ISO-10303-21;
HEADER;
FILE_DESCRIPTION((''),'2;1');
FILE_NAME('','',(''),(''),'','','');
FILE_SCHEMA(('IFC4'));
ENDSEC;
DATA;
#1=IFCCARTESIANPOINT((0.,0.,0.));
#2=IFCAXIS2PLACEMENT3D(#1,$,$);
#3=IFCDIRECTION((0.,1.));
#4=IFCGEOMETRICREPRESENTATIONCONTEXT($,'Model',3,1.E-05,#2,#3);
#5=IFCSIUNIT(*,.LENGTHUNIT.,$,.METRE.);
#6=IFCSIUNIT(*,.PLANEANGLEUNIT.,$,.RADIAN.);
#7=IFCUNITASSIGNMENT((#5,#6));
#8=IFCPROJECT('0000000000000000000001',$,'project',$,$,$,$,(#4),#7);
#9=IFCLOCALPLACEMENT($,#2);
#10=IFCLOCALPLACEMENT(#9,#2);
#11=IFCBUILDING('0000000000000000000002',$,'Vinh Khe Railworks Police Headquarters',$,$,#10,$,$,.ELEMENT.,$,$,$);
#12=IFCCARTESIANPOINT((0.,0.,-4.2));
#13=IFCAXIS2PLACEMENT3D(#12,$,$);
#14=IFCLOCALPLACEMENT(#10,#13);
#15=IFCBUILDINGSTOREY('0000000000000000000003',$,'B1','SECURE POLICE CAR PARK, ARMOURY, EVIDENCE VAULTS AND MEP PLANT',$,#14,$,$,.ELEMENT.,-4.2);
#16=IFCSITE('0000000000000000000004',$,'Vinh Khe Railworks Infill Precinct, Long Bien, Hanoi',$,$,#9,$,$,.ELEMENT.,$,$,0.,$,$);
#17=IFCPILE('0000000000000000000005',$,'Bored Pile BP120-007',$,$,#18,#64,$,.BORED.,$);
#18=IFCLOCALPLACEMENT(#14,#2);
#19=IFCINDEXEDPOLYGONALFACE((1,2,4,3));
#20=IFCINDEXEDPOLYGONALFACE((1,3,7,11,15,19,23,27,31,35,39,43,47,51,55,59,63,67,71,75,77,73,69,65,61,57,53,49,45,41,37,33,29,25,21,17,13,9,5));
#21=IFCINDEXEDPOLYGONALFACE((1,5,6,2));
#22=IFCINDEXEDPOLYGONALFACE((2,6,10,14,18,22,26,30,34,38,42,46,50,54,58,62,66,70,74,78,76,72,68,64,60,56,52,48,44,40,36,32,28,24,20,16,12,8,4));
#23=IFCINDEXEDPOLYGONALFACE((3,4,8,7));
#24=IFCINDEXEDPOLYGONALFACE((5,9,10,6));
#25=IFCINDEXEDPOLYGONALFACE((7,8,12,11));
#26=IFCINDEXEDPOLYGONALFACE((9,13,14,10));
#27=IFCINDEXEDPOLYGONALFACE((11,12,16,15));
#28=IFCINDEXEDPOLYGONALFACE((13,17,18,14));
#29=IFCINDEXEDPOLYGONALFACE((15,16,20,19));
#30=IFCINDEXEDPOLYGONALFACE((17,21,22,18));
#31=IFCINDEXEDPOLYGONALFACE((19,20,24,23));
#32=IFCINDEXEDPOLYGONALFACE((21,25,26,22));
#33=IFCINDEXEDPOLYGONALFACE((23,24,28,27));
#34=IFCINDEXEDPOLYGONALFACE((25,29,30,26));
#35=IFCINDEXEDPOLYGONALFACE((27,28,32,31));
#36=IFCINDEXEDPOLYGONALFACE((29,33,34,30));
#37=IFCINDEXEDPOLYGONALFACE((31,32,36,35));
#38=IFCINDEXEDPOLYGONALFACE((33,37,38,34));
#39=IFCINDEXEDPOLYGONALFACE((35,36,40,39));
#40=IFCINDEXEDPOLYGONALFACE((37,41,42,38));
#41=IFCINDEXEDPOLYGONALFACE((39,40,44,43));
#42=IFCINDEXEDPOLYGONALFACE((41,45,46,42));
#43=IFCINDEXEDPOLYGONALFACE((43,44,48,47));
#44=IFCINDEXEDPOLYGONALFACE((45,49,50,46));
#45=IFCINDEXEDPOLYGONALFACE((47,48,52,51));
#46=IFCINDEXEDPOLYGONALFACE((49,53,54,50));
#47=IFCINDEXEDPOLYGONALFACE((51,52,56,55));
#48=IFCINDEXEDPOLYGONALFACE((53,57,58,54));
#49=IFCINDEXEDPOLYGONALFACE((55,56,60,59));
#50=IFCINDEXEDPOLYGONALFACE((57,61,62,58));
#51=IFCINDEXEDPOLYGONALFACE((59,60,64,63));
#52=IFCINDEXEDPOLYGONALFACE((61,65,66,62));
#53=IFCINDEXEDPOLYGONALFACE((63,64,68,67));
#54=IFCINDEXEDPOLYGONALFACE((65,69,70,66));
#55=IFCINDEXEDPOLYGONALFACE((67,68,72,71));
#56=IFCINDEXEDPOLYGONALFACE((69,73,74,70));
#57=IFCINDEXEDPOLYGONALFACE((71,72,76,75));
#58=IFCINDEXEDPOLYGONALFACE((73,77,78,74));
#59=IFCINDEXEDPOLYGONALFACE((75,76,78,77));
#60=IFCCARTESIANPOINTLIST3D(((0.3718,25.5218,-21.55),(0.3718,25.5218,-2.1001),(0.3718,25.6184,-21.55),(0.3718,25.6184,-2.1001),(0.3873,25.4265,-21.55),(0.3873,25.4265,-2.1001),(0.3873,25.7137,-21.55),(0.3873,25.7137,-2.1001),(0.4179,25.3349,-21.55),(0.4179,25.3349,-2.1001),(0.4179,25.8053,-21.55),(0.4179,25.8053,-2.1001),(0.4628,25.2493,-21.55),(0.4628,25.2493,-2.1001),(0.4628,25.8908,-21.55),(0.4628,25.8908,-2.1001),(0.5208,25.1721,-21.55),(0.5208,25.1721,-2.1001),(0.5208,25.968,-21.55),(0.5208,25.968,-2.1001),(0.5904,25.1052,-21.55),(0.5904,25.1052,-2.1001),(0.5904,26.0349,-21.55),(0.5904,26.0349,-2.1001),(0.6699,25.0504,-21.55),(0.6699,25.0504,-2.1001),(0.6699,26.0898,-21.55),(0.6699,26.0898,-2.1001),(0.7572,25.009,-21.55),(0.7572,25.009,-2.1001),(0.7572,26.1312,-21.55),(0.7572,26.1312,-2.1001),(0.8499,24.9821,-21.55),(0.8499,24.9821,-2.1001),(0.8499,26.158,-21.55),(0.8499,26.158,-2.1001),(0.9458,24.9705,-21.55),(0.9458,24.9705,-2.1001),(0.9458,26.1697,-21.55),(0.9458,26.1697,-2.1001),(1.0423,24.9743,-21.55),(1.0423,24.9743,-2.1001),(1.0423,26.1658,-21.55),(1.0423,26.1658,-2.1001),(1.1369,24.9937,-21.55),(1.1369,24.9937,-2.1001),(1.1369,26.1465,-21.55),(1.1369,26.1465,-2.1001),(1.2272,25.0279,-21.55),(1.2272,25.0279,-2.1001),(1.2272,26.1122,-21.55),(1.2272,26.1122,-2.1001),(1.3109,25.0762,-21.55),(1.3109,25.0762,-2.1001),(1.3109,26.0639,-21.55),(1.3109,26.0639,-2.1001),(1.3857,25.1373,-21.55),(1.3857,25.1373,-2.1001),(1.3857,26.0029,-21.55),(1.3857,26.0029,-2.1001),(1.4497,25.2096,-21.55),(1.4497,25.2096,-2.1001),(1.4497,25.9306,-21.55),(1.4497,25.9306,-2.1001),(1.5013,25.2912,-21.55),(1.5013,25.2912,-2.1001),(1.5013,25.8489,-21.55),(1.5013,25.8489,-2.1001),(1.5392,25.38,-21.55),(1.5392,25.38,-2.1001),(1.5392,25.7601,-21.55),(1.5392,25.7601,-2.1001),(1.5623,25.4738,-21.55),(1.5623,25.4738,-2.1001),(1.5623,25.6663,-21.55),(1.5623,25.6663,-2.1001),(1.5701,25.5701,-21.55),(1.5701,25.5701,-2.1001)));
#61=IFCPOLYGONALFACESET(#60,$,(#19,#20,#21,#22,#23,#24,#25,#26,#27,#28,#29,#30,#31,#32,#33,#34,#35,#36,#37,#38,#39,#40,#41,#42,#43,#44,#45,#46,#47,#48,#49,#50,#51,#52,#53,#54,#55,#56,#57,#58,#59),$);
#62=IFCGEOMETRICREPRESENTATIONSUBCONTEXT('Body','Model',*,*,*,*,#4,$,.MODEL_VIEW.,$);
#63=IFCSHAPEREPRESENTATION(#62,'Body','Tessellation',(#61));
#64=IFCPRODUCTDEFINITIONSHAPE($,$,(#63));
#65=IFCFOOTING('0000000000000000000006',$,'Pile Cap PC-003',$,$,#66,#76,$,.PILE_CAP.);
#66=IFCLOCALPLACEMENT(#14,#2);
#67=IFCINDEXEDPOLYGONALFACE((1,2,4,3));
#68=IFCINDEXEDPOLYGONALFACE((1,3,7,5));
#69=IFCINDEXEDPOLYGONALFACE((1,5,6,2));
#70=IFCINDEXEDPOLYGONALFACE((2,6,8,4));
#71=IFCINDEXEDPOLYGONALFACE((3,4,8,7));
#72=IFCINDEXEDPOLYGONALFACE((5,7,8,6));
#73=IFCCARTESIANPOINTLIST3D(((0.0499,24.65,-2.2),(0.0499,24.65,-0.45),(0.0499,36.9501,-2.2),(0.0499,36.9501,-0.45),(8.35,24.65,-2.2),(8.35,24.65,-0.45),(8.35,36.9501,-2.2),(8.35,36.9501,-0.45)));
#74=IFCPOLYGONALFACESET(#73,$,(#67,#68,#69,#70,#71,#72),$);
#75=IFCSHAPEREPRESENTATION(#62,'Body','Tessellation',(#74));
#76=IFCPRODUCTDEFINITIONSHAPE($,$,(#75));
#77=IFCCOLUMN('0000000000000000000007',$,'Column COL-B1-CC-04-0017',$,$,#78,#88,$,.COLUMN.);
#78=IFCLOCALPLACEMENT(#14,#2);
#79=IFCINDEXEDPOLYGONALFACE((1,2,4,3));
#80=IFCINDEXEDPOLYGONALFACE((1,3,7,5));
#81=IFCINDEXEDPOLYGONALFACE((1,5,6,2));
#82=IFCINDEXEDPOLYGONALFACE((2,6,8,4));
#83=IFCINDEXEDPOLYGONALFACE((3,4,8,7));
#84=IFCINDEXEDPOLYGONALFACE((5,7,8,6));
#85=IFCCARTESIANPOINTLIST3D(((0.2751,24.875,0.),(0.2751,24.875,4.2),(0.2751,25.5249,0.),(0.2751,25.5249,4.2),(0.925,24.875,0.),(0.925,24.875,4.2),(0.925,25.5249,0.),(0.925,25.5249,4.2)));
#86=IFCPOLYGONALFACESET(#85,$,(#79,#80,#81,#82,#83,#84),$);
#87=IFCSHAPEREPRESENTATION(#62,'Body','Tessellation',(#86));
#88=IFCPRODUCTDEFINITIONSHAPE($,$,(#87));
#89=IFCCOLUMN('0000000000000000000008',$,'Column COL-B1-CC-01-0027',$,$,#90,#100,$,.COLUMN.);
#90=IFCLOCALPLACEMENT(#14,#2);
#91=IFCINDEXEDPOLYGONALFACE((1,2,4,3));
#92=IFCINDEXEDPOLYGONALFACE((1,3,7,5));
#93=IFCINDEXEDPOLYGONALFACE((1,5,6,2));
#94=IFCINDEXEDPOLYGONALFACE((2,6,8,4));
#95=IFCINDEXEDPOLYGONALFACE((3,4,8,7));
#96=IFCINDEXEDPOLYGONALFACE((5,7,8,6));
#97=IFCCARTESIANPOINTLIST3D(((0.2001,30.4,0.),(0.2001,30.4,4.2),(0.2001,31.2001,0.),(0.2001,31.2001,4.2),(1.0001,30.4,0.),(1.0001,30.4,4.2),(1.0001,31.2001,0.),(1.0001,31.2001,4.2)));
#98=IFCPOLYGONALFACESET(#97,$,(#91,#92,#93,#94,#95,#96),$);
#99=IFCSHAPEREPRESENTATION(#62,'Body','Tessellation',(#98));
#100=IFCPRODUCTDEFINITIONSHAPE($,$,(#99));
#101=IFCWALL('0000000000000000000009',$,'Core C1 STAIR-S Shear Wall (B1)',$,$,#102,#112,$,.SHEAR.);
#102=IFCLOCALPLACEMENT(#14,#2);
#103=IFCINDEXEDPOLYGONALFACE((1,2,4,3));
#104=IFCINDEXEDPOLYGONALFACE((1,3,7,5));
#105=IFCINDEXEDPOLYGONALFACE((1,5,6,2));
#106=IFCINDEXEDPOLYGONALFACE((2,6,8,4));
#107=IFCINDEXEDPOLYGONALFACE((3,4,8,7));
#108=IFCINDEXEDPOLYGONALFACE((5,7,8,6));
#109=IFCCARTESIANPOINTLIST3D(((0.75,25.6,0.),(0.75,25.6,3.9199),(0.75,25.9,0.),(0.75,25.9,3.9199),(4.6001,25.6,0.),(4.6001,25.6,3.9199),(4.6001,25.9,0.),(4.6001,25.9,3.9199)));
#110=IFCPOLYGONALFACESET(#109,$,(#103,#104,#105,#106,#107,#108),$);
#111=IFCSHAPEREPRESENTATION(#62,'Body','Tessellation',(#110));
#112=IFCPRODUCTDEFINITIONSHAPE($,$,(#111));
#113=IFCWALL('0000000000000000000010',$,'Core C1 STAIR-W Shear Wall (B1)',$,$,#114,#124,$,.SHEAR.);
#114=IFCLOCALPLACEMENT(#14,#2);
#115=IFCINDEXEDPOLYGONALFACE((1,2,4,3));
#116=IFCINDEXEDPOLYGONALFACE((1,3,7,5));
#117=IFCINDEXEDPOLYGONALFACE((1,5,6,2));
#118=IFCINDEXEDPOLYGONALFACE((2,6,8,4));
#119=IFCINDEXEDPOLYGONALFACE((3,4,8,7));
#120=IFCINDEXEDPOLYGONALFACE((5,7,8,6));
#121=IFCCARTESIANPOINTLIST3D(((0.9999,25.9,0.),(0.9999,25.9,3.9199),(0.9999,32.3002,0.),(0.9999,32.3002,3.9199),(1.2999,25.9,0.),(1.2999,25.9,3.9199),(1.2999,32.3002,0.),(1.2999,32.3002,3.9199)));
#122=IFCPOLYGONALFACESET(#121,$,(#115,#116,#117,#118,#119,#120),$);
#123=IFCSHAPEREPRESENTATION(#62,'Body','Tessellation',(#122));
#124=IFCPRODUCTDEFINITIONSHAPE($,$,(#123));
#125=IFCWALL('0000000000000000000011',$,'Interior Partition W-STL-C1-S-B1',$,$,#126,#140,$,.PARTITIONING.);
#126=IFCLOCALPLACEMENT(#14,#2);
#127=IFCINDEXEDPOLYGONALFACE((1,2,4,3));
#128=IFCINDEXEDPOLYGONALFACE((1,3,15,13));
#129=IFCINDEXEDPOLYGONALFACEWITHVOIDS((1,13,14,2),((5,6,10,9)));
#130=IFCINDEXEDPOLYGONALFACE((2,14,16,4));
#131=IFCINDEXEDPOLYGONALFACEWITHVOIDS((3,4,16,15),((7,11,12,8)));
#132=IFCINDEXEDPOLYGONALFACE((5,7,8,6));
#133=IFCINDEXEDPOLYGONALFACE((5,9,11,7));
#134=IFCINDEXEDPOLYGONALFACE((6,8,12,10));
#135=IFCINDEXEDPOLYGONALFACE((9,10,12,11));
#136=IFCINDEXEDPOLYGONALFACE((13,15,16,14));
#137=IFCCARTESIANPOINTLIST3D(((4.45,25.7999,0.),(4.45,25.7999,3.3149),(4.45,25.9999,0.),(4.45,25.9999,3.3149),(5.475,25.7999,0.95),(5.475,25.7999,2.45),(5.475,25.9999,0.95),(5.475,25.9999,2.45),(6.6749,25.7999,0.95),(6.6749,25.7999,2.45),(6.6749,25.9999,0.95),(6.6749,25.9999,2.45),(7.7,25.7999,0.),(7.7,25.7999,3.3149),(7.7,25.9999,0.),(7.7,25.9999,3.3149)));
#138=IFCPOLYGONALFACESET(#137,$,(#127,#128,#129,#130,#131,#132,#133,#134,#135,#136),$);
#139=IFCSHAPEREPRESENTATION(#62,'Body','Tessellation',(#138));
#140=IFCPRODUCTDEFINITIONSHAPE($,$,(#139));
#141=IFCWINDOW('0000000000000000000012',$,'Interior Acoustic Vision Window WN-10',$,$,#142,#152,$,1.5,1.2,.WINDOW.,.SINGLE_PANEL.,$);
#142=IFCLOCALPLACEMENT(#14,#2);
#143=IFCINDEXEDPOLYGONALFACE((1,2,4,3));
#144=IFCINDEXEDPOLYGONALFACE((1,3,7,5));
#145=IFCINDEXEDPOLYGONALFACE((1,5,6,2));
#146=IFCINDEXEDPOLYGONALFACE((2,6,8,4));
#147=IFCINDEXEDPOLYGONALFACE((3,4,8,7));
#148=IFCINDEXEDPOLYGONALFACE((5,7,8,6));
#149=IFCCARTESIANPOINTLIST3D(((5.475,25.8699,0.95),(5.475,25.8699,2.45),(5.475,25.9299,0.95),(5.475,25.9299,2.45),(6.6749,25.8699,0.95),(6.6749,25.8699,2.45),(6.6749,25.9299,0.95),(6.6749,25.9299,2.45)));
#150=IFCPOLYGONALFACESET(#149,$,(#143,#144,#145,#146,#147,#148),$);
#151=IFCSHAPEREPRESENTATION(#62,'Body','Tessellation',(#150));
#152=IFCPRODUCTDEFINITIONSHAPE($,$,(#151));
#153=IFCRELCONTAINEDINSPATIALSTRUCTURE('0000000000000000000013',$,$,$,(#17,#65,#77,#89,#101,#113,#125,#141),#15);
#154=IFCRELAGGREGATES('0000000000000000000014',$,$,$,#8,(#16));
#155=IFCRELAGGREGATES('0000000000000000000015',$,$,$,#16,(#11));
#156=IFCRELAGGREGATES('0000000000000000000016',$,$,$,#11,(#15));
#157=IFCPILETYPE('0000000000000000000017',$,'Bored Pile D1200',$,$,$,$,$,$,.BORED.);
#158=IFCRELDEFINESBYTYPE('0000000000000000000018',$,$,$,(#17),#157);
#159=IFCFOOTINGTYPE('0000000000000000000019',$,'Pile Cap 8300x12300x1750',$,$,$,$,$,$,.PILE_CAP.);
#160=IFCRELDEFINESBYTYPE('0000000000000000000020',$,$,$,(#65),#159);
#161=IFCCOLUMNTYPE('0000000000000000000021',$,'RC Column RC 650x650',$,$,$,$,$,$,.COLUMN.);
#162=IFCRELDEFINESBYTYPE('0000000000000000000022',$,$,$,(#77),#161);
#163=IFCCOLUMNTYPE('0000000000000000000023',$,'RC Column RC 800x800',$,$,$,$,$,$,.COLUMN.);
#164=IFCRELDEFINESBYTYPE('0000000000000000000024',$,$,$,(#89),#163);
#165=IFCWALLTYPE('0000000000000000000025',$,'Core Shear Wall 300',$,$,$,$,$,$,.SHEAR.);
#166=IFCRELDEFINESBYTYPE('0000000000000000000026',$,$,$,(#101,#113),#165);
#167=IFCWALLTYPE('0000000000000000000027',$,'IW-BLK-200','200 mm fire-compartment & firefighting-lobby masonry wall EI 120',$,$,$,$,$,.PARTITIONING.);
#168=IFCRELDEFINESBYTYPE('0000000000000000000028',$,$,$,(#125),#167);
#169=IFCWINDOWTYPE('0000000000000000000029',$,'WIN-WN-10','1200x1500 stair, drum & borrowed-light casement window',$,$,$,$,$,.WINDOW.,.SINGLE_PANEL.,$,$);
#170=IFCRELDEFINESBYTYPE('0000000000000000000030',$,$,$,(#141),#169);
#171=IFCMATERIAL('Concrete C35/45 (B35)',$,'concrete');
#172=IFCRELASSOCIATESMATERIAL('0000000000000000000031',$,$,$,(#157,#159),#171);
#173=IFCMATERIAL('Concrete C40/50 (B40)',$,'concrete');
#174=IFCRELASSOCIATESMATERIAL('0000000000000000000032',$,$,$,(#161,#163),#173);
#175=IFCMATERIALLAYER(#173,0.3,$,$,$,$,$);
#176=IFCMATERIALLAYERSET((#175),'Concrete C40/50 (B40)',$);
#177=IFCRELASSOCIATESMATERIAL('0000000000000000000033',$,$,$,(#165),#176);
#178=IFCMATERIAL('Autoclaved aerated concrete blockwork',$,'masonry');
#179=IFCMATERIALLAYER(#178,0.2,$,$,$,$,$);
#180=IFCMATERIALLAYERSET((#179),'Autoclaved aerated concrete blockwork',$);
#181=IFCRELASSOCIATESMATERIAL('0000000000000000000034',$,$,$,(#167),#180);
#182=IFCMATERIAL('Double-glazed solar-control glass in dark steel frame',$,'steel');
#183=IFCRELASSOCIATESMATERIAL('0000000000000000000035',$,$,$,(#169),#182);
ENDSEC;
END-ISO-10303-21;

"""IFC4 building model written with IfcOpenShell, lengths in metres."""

from ifc_helpers import new_model, si_unit, direction, frame, frame_2d, origin, origin_2d, place, context, subcontext, project, spatial, rectangle, circle, extrude, material, layer, layer_set, material_profile, profile_set, type_object, element, fill, save


model = new_model("IFC4")

# Units and contexts
model_context = context("Model", 3, precision=1e-05, world=origin(), true_north=direction((0.0, 1.0)))
body_context = subcontext(model_context, "Body", "Model", "MODEL_VIEW")
ifc_project = project(units=[si_unit("LENGTHUNIT", "METRE"), si_unit("PLANEANGLEUNIT", "RADIAN")], contexts=[model_context])

# Site, building, storey
site_placement = place(None, origin())
site = spatial("IfcSite", under=ifc_project, at=site_placement, Name="Vinh Khe Railworks Infill Precinct, Long Bien, Hanoi", CompositionType="ELEMENT", RefElevation=0.0)
building_placement = place(site_placement, origin())
building = spatial("IfcBuilding", under=site, at=building_placement, Name="Vinh Khe Railworks Police Headquarters", CompositionType="ELEMENT")
storey_placement = place(building_placement, frame((0.0, 0.0, -4.2)))
storey = spatial("IfcBuildingStorey", under=building, at=storey_placement, Name="B1", Description="SECURE POLICE CAR PARK, ARMOURY, EVIDENCE VAULTS AND MEP PLANT", CompositionType="ELEMENT", Elevation=-4.2)

# Pile
ifc_material_1 = material(Name="Concrete C35/45 (B35)", Category="concrete")
ifc_material_profile_1 = material_profile(ifc_material_1, circle(Radius=0.6001, at=origin_2d()), Name="BORED PILE D1200")
ifc_profile_set_1 = profile_set([ifc_material_profile_1], Name="Concrete C35/45 (B35)")
pile_type = type_object("IfcPileType", Name="Bored Pile D1200", PredefinedType="BORED", material=ifc_profile_set_1)
pile_placement = place(storey_placement, frame((0.97, 25.5701, -2.1001), z_axis=(0.0, 0.0, -1.0), x_axis=(1.0, 0.0, 0.0)))
element("IfcPile", 1, at=pile_placement, inside=storey, type_object=pile_type, Name="Bored Pile BP120-007", PredefinedType="BORED", context=body_context, shape_type="SweptSolid", body=[
    extrude(circle(Radius=0.6001, at=origin_2d()), origin(), (0.0, 0.0, 1.0), 19.45),
])

# Footing
footing_type = type_object("IfcFootingType", Name="Pile Cap 8300x12300x1750", PredefinedType="PILE_CAP", material=ifc_material_1)
footing_placement = place(storey_placement, frame((4.2, 30.8, -2.2), z_axis=(0.0, 0.0, 1.0), x_axis=(1.0, 0.0, 0.0)))
element("IfcFooting", 2, at=footing_placement, inside=storey, type_object=footing_type, Name="Pile Cap PC-003", PredefinedType="PILE_CAP", context=body_context, shape_type="SweptSolid", body=[
    extrude(rectangle(XDim=8.3, YDim=12.3, at=origin_2d()), origin(), (0.0, 0.0, 1.0), 1.75),
])

# Columns
ifc_material_2 = material(Name="Concrete C40/50 (B40)", Category="concrete")
ifc_material_profile_2 = material_profile(ifc_material_2, rectangle(XDim=0.6499, YDim=0.6499, at=origin_2d()), Name="RC 650x650")
ifc_profile_set_2 = profile_set([ifc_material_profile_2], Name="Concrete C40/50 (B40)")
column_type_1 = type_object("IfcColumnType", Name="RC Column RC 650x650", PredefinedType="COLUMN", material=ifc_profile_set_2)
column_1_placement = place(storey_placement, frame((0.6001, 25.2, 0.0), z_axis=(0.0, 0.0, 1.0), x_axis=(1.0, 0.0, 0.0)))
element("IfcColumn", 3, at=column_1_placement, inside=storey, type_object=column_type_1, Name="Column COL-B1-CC-04-0017", PredefinedType="COLUMN", context=body_context, shape_type="SweptSolid", body=[
    extrude(rectangle(XDim=0.6499, YDim=0.6499, at=origin_2d()), origin(), (0.0, 0.0, 1.0), 4.2),
])
ifc_material_profile_3 = material_profile(ifc_material_2, rectangle(XDim=0.8, YDim=0.8, at=origin_2d()), Name="RC 800x800")
ifc_profile_set_3 = profile_set([ifc_material_profile_3], Name="Concrete C40/50 (B40)")
column_type_2 = type_object("IfcColumnType", Name="RC Column RC 800x800", PredefinedType="COLUMN", material=ifc_profile_set_3)
column_2_placement = place(storey_placement, frame((0.6001, 30.8, 0.0), z_axis=(0.0, 0.0, 1.0), x_axis=(1.0, 0.0, 0.0)))
element("IfcColumn", 4, at=column_2_placement, inside=storey, type_object=column_type_2, Name="Column COL-B1-CC-01-0027", PredefinedType="COLUMN", context=body_context, shape_type="SweptSolid", body=[
    extrude(rectangle(XDim=0.8, YDim=0.8, at=origin_2d()), origin(), (0.0, 0.0, 1.0), 4.2),
])

# Walls
ifc_layer_1 = layer(ifc_material_2, 0.3)
ifc_layer_set_1 = layer_set([ifc_layer_1], Name="Concrete C40/50 (B40)")
wall_type_1 = type_object("IfcWallType", Name="Core Shear Wall 300", PredefinedType="SHEAR", material=ifc_layer_set_1)
wall_1_placement = place(storey_placement, frame((0.75, 25.75, 0.0), z_axis=(0.0, 0.0, 1.0), x_axis=(1.0, 0.0, 0.0)))
element("IfcWall", 5, at=wall_1_placement, inside=storey, type_object=wall_type_1, Name="Core C1 STAIR-S Shear Wall (B1)", PredefinedType="SHEAR", context=body_context, shape_type="SweptSolid", body=[
    extrude(rectangle(XDim=3.8501, YDim=0.3, at=frame_2d((1.925, 0.0))), origin(), (0.0, 0.0, 1.0), 3.9199),
])
wall_2_placement = place(storey_placement, frame((1.1499, 25.8999, 0.0), z_axis=(0.0, 0.0, 1.0), x_axis=(0.0, 1.0, 0.0)))
element("IfcWall", 6, at=wall_2_placement, inside=storey, type_object=wall_type_1, Name="Core C1 STAIR-W Shear Wall (B1)", PredefinedType="SHEAR", context=body_context, shape_type="SweptSolid", body=[
    extrude(rectangle(XDim=6.4001, YDim=0.3, at=frame_2d((3.2002, 0.0))), origin(), (0.0, 0.0, 1.0), 3.9199),
])

# Wall, opening, window
ifc_material_3 = material(Name="Autoclaved aerated concrete blockwork", Category="masonry")
ifc_layer_2 = layer(ifc_material_3, 0.2)
ifc_layer_set_2 = layer_set([ifc_layer_2], Name="Autoclaved aerated concrete blockwork")
wall_type_2 = type_object("IfcWallType", Name="IW-BLK-200", Description="200 mm fire-compartment & firefighting-lobby masonry wall EI 120", PredefinedType="PARTITIONING", material=ifc_layer_set_2)
wall_3_placement = place(storey_placement, frame((4.45, 25.8999, 0.0), z_axis=(0.0, 0.0, 1.0), x_axis=(1.0, 0.0, 0.0)))
wall_3 = element("IfcWall", 7, at=wall_3_placement, inside=storey, type_object=wall_type_2, Name="Interior Partition W-STL-C1-S-B1", PredefinedType="PARTITIONING", context=body_context, shape_type="SweptSolid", body=[
    extrude(rectangle(XDim=3.25, YDim=0.2, at=frame_2d((1.625, 0.0))), origin(), (0.0, 0.0, 1.0), 3.3149),
])
opening_1_placement = place(wall_3_placement, frame((1.0249, 0.0, 0.95)))
opening_1 = element("IfcOpeningElement", 8, at=opening_1_placement, cuts=wall_3, PredefinedType="OPENING", context=body_context, shape_type="SweptSolid", body=[
    extrude(rectangle(XDim=1.2, YDim=1.5, at=frame_2d((0.6001, 0.75))), frame((0.0, 0.1147, 0.0), z_axis=(0.0, -1.0, 0.0), x_axis=(1.0, 0.0, 0.0)), (0.0, 0.0, 1.0), 0.2297),
])
ifc_material_4 = material(Name="Double-glazed solar-control glass in dark steel frame", Category="steel")
window_type = type_object("IfcWindowType", Name="WIN-WN-10", Description="1200x1500 stair, drum & borrowed-light casement window", PartitioningType="SINGLE_PANEL", PredefinedType="WINDOW", material=ifc_material_4)
window_placement = place(opening_1_placement, origin())
window = element("IfcWindow", 9, at=window_placement, inside=storey, type_object=window_type, Name="Interior Acoustic Vision Window WN-10", OverallHeight=1.5, OverallWidth=1.2, PartitioningType="SINGLE_PANEL", PredefinedType="WINDOW", context=body_context, shape_type="SweptSolid", body=[
    extrude(rectangle(XDim=1.2, YDim=1.5, at=frame_2d((0.6001, 0.75))), frame((0.0, 0.03, 0.0), z_axis=(0.0, -1.0, 0.0), x_axis=(1.0, 0.0, 0.0)), (0.0, 0.0, 1.0), 0.0601),
])
fill(opening_1, window)

save(model, "model.ifc")
